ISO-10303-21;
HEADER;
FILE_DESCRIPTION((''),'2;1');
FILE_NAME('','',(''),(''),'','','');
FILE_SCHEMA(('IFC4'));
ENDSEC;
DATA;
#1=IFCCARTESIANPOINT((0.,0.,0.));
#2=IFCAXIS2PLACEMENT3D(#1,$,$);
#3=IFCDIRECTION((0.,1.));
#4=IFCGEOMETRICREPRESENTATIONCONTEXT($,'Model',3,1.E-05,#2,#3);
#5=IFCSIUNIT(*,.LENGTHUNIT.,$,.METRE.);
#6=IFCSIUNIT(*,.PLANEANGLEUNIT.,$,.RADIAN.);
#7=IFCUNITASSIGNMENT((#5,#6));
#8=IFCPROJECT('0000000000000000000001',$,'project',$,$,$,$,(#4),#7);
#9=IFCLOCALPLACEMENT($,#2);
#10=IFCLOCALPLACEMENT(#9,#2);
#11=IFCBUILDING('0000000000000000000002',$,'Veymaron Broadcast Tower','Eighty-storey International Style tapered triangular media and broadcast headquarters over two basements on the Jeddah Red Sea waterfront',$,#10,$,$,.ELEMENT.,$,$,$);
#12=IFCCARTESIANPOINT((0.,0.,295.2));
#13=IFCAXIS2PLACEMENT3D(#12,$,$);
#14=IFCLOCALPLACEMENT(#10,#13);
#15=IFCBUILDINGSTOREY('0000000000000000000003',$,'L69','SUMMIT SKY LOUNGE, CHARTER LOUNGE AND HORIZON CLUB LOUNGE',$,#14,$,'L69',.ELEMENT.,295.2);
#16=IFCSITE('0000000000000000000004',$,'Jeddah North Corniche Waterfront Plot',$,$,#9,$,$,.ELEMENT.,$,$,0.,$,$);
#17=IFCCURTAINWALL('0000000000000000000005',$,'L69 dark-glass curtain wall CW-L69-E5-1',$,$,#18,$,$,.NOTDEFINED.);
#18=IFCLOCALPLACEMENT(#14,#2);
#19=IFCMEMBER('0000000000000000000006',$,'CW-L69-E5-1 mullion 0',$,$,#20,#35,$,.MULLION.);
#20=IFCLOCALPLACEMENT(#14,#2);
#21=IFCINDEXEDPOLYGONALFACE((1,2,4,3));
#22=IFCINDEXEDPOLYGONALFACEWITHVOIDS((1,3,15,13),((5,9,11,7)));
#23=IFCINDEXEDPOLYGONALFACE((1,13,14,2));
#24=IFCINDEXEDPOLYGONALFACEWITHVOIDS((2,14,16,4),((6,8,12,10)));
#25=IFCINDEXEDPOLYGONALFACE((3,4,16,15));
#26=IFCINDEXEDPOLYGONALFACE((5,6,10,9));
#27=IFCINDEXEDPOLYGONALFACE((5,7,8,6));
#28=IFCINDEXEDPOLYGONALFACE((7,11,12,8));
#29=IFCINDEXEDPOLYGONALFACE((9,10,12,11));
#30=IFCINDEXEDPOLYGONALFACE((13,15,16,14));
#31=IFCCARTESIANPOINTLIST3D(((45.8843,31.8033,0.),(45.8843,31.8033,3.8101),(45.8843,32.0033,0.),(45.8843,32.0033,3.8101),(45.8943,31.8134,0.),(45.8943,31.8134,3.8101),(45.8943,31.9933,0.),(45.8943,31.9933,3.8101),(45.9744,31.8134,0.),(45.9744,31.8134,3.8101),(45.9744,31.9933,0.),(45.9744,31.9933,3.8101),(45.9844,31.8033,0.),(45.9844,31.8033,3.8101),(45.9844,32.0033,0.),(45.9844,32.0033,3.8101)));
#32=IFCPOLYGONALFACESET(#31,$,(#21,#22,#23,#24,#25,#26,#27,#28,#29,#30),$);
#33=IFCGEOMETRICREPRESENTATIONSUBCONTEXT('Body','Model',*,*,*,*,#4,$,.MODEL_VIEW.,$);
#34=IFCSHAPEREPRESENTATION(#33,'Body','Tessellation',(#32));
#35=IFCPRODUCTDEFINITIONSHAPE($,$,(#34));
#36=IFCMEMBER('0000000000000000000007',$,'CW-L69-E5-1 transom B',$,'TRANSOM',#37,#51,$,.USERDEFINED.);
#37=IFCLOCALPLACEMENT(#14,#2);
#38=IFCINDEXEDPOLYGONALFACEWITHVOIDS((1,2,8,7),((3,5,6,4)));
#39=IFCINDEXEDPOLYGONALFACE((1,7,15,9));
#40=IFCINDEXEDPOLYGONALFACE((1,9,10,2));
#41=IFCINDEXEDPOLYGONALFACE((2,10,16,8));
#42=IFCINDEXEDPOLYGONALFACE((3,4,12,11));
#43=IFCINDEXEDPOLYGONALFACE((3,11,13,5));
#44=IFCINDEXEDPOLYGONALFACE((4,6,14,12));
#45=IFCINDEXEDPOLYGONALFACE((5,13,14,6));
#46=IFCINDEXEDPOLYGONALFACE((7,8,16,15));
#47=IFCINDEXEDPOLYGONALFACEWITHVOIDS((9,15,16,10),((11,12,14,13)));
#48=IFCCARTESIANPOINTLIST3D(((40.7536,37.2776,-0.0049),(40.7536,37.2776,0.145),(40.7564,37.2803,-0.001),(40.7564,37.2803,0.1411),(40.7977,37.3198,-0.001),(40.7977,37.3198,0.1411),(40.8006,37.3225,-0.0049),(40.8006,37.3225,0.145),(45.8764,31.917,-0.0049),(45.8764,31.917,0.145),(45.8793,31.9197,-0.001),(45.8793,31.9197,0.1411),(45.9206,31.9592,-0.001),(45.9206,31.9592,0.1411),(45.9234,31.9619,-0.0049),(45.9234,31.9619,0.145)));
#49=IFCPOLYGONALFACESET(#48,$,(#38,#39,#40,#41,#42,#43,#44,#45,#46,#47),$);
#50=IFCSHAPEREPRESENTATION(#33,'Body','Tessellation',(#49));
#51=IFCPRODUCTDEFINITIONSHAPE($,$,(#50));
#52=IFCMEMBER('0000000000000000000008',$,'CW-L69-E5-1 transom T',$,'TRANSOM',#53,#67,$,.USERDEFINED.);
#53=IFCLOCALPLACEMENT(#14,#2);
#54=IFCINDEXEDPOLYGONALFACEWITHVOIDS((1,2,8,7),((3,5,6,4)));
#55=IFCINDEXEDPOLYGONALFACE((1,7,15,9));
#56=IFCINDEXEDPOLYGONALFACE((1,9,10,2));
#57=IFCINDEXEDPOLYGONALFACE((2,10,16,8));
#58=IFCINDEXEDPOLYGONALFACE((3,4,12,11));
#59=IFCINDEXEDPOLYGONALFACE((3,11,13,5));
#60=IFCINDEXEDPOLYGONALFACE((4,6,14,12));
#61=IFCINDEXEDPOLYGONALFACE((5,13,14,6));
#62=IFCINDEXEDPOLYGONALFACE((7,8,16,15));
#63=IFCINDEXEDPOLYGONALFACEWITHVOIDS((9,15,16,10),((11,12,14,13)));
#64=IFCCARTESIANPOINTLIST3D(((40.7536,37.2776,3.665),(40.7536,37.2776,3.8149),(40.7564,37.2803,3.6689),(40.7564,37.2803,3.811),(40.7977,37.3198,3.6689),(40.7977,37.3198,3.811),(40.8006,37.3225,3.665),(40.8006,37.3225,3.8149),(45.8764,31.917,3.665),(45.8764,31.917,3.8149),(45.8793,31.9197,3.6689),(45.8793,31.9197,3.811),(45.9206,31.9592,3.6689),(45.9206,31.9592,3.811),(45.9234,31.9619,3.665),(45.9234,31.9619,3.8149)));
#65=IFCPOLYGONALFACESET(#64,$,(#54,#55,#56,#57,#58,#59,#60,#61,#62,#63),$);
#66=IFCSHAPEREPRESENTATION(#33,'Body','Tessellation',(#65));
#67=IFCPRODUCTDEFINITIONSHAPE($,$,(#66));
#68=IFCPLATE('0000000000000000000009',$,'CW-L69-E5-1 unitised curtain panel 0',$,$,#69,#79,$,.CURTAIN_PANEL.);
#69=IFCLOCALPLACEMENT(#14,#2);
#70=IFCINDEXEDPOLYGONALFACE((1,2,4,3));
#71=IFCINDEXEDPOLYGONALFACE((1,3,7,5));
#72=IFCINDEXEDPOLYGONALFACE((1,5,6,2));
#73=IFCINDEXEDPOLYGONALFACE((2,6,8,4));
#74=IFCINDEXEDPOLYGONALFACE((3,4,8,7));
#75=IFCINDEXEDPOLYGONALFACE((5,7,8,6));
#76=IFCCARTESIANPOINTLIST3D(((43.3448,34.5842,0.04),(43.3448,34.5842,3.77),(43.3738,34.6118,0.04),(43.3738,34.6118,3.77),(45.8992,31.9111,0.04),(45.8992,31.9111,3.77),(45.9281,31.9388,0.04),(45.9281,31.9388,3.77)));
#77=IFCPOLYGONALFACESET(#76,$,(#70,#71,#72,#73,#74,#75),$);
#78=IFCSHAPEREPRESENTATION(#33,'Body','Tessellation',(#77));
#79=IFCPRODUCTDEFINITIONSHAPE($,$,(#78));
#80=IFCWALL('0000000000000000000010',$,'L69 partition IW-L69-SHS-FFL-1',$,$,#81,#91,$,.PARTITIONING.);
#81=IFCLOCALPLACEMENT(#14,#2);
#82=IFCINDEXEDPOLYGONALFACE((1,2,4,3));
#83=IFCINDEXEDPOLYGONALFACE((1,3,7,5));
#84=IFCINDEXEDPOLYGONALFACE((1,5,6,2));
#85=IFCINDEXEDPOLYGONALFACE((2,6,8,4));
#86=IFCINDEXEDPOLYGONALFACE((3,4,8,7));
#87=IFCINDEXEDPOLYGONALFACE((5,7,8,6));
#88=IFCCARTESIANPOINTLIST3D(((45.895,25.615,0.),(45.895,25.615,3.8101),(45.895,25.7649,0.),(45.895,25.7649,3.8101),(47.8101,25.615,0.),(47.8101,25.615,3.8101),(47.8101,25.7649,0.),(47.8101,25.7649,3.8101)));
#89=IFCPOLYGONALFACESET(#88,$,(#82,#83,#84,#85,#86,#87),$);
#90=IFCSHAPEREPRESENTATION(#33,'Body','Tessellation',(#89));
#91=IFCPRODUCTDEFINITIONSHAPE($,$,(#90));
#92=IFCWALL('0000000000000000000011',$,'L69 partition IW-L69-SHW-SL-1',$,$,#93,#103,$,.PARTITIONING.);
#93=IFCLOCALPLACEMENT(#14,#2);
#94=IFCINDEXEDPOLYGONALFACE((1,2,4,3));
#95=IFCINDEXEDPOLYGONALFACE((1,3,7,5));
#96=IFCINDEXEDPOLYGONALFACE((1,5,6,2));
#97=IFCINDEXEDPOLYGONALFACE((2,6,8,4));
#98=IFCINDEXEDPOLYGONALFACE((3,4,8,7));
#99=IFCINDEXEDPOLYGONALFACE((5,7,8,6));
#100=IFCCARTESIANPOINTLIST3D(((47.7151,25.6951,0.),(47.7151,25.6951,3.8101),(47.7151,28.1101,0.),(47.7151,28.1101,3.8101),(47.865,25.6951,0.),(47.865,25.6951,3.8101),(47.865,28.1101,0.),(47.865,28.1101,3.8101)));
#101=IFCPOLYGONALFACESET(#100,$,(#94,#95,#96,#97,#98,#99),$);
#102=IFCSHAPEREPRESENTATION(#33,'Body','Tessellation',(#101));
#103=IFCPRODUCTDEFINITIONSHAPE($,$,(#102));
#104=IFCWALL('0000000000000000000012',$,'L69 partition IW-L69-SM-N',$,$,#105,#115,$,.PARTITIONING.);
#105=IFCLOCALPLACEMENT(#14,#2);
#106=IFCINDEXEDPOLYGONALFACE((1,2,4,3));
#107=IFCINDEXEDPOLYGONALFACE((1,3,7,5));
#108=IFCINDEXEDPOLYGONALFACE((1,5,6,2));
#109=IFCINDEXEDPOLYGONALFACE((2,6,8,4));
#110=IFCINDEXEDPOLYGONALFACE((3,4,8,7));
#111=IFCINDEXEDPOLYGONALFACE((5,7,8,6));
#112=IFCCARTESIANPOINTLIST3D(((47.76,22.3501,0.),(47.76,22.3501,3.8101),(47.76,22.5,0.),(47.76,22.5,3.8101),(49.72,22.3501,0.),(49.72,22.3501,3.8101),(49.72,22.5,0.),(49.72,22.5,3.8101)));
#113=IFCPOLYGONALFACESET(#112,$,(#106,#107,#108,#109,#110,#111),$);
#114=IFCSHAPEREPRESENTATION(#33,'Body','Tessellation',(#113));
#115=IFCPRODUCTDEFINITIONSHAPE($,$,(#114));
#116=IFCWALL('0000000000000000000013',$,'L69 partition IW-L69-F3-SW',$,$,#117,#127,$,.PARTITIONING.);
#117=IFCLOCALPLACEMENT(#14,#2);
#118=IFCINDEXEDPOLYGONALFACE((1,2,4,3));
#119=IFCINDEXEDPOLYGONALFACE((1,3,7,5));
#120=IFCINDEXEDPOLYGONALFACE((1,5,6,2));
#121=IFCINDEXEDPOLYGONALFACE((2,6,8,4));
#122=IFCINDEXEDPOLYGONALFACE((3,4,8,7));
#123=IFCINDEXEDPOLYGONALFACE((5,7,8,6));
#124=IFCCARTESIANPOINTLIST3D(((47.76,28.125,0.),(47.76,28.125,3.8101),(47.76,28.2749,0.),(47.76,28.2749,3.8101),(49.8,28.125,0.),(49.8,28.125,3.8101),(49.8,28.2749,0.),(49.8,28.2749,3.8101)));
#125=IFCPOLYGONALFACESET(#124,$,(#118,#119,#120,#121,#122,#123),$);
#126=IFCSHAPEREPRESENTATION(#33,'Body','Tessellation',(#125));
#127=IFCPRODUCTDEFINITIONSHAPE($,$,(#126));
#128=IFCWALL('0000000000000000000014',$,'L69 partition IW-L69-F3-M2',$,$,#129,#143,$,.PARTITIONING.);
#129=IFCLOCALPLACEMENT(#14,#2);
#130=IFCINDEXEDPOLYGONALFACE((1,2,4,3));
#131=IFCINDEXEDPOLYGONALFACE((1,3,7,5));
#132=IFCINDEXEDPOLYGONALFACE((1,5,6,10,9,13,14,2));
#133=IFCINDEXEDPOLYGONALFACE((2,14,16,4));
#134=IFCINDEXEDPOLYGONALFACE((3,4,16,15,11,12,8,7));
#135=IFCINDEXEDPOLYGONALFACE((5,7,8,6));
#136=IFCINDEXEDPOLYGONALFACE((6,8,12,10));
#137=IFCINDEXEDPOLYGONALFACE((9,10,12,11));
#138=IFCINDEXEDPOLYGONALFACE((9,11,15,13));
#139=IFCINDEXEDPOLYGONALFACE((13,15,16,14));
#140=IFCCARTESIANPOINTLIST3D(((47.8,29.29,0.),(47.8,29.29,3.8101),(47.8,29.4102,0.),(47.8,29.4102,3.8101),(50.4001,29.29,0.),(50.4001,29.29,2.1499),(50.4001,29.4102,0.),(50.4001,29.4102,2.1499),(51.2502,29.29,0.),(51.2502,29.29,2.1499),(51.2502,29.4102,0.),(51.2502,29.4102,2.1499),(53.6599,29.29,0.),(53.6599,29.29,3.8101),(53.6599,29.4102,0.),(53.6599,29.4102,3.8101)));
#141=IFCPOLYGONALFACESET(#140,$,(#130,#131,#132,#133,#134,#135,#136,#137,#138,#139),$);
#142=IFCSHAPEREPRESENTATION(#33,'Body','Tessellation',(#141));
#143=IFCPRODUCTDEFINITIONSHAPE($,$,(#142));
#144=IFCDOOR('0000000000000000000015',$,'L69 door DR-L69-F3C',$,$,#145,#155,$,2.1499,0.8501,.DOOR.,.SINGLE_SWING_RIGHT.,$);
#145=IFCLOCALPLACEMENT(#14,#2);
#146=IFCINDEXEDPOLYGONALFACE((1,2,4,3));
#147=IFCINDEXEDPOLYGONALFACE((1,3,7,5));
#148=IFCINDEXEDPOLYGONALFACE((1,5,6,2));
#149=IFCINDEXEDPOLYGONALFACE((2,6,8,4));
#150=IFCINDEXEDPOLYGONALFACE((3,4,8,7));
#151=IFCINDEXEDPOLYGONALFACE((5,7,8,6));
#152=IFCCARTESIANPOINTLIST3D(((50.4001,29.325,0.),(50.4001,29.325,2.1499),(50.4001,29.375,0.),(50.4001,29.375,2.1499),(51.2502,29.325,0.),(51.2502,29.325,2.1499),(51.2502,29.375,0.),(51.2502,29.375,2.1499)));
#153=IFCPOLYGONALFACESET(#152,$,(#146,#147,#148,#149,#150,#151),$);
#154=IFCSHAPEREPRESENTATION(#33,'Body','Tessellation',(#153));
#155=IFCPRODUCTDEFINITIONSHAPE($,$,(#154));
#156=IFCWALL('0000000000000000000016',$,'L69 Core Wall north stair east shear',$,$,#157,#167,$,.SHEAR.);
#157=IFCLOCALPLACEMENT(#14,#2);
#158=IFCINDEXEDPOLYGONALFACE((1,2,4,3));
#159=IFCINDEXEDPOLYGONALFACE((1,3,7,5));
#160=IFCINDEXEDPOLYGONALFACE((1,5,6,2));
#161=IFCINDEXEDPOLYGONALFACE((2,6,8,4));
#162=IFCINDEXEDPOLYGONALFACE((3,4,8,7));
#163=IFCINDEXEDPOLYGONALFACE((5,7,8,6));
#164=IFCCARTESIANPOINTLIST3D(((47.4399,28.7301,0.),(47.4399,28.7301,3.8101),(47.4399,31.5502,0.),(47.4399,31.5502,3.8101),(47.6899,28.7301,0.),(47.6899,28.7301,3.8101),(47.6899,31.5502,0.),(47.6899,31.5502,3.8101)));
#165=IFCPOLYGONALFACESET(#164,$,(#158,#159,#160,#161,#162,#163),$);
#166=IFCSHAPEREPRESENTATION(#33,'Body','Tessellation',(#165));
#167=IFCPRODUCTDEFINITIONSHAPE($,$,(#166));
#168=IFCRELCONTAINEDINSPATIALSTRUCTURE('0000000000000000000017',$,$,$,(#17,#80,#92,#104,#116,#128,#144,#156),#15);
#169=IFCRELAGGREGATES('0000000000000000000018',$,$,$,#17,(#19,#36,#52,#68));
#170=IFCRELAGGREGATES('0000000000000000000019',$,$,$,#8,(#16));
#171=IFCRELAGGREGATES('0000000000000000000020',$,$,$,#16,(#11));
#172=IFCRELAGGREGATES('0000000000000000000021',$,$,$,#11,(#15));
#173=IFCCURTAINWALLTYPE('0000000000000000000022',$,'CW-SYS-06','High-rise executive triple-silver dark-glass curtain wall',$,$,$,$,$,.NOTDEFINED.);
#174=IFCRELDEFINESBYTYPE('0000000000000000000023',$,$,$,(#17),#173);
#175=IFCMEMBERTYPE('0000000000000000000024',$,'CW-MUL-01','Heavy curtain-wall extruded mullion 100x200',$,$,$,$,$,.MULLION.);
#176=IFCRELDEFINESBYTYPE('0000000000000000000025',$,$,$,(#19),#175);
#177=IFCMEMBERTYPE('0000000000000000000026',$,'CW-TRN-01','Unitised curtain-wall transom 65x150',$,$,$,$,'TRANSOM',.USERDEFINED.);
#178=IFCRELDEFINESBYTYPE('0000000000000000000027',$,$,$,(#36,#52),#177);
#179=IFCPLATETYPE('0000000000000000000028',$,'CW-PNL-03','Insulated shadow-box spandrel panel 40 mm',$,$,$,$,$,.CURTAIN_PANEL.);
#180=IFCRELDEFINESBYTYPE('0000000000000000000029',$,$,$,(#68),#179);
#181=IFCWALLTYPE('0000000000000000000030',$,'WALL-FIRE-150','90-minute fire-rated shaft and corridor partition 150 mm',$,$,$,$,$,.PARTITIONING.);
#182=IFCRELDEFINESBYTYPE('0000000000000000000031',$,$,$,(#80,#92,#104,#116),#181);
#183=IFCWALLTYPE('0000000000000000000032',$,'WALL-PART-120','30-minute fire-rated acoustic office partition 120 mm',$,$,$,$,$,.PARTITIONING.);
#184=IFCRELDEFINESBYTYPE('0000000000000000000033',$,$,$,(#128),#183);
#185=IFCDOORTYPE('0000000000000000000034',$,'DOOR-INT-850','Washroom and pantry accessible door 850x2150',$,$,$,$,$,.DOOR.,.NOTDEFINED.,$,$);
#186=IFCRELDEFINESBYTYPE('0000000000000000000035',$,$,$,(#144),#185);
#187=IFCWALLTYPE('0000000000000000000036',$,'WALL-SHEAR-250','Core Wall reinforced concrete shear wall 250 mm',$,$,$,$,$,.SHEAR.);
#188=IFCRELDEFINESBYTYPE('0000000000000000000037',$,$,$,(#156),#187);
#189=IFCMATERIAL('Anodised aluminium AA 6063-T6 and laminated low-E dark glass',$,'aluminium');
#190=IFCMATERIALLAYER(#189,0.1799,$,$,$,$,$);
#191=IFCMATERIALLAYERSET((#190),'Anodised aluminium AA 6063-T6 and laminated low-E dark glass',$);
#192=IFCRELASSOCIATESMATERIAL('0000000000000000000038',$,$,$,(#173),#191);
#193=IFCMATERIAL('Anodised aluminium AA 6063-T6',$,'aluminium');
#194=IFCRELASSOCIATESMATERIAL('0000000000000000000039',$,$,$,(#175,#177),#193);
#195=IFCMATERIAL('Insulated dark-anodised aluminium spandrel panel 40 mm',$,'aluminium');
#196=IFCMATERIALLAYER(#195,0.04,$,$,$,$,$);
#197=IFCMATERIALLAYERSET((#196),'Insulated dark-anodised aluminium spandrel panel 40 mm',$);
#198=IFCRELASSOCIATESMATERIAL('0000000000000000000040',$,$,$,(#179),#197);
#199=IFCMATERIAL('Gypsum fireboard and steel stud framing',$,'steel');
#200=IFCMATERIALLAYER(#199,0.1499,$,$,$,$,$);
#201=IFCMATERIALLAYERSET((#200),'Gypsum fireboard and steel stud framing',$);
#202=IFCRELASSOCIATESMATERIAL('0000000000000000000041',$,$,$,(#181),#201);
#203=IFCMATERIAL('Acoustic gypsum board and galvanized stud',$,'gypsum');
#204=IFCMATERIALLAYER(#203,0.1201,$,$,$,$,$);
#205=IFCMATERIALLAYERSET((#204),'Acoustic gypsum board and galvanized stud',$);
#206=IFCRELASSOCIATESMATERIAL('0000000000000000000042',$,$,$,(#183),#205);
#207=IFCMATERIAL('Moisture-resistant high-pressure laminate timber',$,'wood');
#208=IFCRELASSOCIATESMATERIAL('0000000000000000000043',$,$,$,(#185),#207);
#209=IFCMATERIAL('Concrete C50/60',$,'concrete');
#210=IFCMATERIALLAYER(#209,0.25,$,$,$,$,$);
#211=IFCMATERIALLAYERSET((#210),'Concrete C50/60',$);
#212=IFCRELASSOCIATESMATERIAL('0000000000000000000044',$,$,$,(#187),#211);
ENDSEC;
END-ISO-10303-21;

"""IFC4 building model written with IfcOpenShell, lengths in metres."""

from ifc_helpers import new_model, si_unit, direction, frame, frame_2d, origin, origin_2d, place, context, subcontext, project, spatial, rectangle, hollow_rectangle, extrude, material, layer, layer_set, material_profile, profile_set, type_object, element, fill, aggregate, save


model = new_model("IFC4")

# Units and contexts
model_context = context("Model", 3, precision=1e-05, world=origin(), true_north=direction((0.0, 1.0)))
body_context = subcontext(model_context, "Body", "Model", "MODEL_VIEW")
ifc_project = project(units=[si_unit("LENGTHUNIT", "METRE"), si_unit("PLANEANGLEUNIT", "RADIAN")], contexts=[model_context])

# Site, building, storey
site_placement = place(None, origin())
site = spatial("IfcSite", under=ifc_project, at=site_placement, Name="Jeddah North Corniche Waterfront Plot", CompositionType="ELEMENT", RefElevation=0.0)
building_placement = place(site_placement, origin())
building = spatial("IfcBuilding", under=site, at=building_placement, Name="Veymaron Broadcast Tower", Description="Eighty-storey International Style tapered triangular media and broadcast headquarters over two basements on the Jeddah Red Sea waterfront", CompositionType="ELEMENT")
storey_placement = place(building_placement, frame((0.0, 0.0, 295.2)))
storey = spatial("IfcBuildingStorey", under=building, at=storey_placement, Name="L69", Description="SUMMIT SKY LOUNGE, CHARTER LOUNGE AND HORIZON CLUB LOUNGE", LongName="L69", CompositionType="ELEMENT", Elevation=295.2)

# Curtain wall, members, plate
ifc_material_1 = material(Name="Anodised aluminium AA 6063-T6 and laminated low-E dark glass", Category="aluminium")
ifc_layer_1 = layer(ifc_material_1, 0.1799)
ifc_layer_set_1 = layer_set([ifc_layer_1], Name="Anodised aluminium AA 6063-T6 and laminated low-E dark glass")
curtain_wall_type = type_object("IfcCurtainWallType", Name="CW-SYS-06", Description="High-rise executive triple-silver dark-glass curtain wall", PredefinedType="NOTDEFINED", material=ifc_layer_set_1)
curtain_wall_placement = place(storey_placement, origin())
curtain_wall = element("IfcCurtainWall", 1, at=curtain_wall_placement, inside=storey, type_object=curtain_wall_type, Name="L69 dark-glass curtain wall CW-L69-E5-1", PredefinedType="NOTDEFINED")
ifc_material_2 = material(Name="Anodised aluminium AA 6063-T6", Category="aluminium")
ifc_material_profile_1 = material_profile(ifc_material_2, hollow_rectangle(XDim=0.1001, YDim=0.2, WallThickness=0.01, at=origin_2d()), Name="RHS200X100X10")
ifc_profile_set_1 = profile_set([ifc_material_profile_1], Name="Anodised aluminium AA 6063-T6")
member_type_1 = type_object("IfcMemberType", Name="CW-MUL-01", Description="Heavy curtain-wall extruded mullion 100x200", PredefinedType="MULLION", material=ifc_profile_set_1)
member_1_placement = place(storey_placement, frame((45.9343, 31.9033, 0.0), z_axis=(0.0, 0.0, 1.0), x_axis=(1.0, 0.0, 0.0)))
member_1 = element("IfcMember", 2, at=member_1_placement, type_object=member_type_1, Name="CW-L69-E5-1 mullion 0", PredefinedType="MULLION", context=body_context, shape_type="SweptSolid", body=[
    extrude(hollow_rectangle(XDim=0.1001, YDim=0.2, WallThickness=0.01, at=origin_2d()), origin(), (0.0, 0.0, 1.0), 3.8101),
])
ifc_material_profile_2 = material_profile(ifc_material_2, hollow_rectangle(XDim=0.0649, YDim=0.1499, WallThickness=0.0039, at=origin_2d()), Name="AL150X65X4")
ifc_profile_set_2 = profile_set([ifc_material_profile_2], Name="Anodised aluminium AA 6063-T6")
member_type_2 = type_object("IfcMemberType", Name="CW-TRN-01", Description="Unitised curtain-wall transom 65x150", ElementType="TRANSOM", PredefinedType="USERDEFINED", material=ifc_profile_set_2)
member_2_placement = place(storey_placement, frame((45.8999, 31.9395, 0.0701), z_axis=(-0.69089, 0.72296, 0.0), x_axis=(-0.72296, -0.69089, 0.0)))
member_2 = element("IfcMember", 3, at=member_2_placement, type_object=member_type_2, Name="CW-L69-E5-1 transom B", ObjectType="TRANSOM", PredefinedType="USERDEFINED", context=body_context, shape_type="SweptSolid", body=[
    extrude(hollow_rectangle(XDim=0.0649, YDim=0.1499, WallThickness=0.0039, at=origin_2d()), origin(), (0.0, 0.0, 1.0), 7.4148),
])
member_3_placement = place(storey_placement, frame((45.8999, 31.9395, 3.74), z_axis=(-0.69089, 0.72296, 0.0), x_axis=(-0.72296, -0.69089, 0.0)))
member_3 = element("IfcMember", 4, at=member_3_placement, type_object=member_type_2, Name="CW-L69-E5-1 transom T", ObjectType="TRANSOM", PredefinedType="USERDEFINED", context=body_context, shape_type="SweptSolid", body=[
    extrude(hollow_rectangle(XDim=0.0649, YDim=0.1499, WallThickness=0.0039, at=origin_2d()), origin(), (0.0, 0.0, 1.0), 7.4148),
])
ifc_material_3 = material(Name="Insulated dark-anodised aluminium spandrel panel 40 mm", Category="aluminium")
ifc_layer_2 = layer(ifc_material_3, 0.04)
ifc_layer_set_2 = layer_set([ifc_layer_2], Name="Insulated dark-anodised aluminium spandrel panel 40 mm")
plate_type = type_object("IfcPlateType", Name="CW-PNL-03", Description="Insulated shadow-box spandrel panel 40 mm", PredefinedType="CURTAIN_PANEL", material=ifc_layer_set_2)
plate_placement = place(storey_placement, frame((44.6365, 33.2615, 0.04), z_axis=(0.0, 0.0, 1.0), x_axis=(-0.69087, 0.722979, 0.0)))
plate = element("IfcPlate", 5, at=plate_placement, type_object=plate_type, Name="CW-L69-E5-1 unitised curtain panel 0", PredefinedType="CURTAIN_PANEL", context=body_context, shape_type="SweptSolid", body=[
    extrude(rectangle(XDim=3.6973, YDim=0.04, at=origin_2d()), origin(), (0.0, 0.0, 1.0), 3.73),
])
aggregate(curtain_wall, [member_1, member_2, member_3, plate])

# Shared definitions
ifc_material_4 = material(Name="Gypsum fireboard and steel stud framing", Category="steel")
ifc_layer_3 = layer(ifc_material_4, 0.1499)
ifc_layer_set_3 = layer_set([ifc_layer_3], Name="Gypsum fireboard and steel stud framing")
wall_type_1 = type_object("IfcWallType", Name="WALL-FIRE-150", Description="90-minute fire-rated shaft and corridor partition 150 mm", PredefinedType="PARTITIONING", material=ifc_layer_set_3)

# Wall
wall_1_placement = place(storey_placement, frame((45.895, 25.6899, 0.0), z_axis=(0.0, 0.0, 1.0), x_axis=(1.0, 0.0, 0.0)))
element("IfcWall", 6, at=wall_1_placement, inside=storey, type_object=wall_type_1, Name="L69 partition IW-L69-SHS-FFL-1", PredefinedType="PARTITIONING", context=body_context, shape_type="SweptSolid", body=[
    extrude(rectangle(XDim=1.915, YDim=0.1499, at=frame_2d((0.9575, 0.0))), origin(), (0.0, 0.0, 1.0), 3.8101),
])

# Walls
wall_2_placement = place(storey_placement, frame((47.79, 25.6951, 0.0), z_axis=(0.0, 0.0, 1.0), x_axis=(0.0, 1.0, 0.0)))
element("IfcWall", 7, at=wall_2_placement, inside=storey, type_object=wall_type_1, Name="L69 partition IW-L69-SHW-SL-1", PredefinedType="PARTITIONING", context=body_context, shape_type="SweptSolid", body=[
    extrude(rectangle(XDim=2.415, YDim=0.1499, at=frame_2d((1.2075, 0.0))), origin(), (0.0, 0.0, 1.0), 3.8101),
])
wall_3_placement = place(storey_placement, frame((47.76, 22.425, 0.0), z_axis=(0.0, 0.0, 1.0), x_axis=(1.0, 0.0, 0.0)))
element("IfcWall", 8, at=wall_3_placement, inside=storey, type_object=wall_type_1, Name="L69 partition IW-L69-SM-N", PredefinedType="PARTITIONING", context=body_context, shape_type="SweptSolid", body=[
    extrude(rectangle(XDim=1.96, YDim=0.1499, at=frame_2d((0.98, 0.0))), origin(), (0.0, 0.0, 1.0), 3.8101),
])
wall_4_placement = place(storey_placement, frame((47.76, 28.2, 0.0), z_axis=(0.0, 0.0, 1.0), x_axis=(1.0, 0.0, 0.0)))
element("IfcWall", 9, at=wall_4_placement, inside=storey, type_object=wall_type_1, Name="L69 partition IW-L69-F3-SW", PredefinedType="PARTITIONING", context=body_context, shape_type="SweptSolid", body=[
    extrude(rectangle(XDim=2.04, YDim=0.1499, at=frame_2d((1.02, 0.0))), origin(), (0.0, 0.0, 1.0), 3.8101),
])

# Wall, opening, door
ifc_material_5 = material(Name="Acoustic gypsum board and galvanized stud", Category="gypsum")
ifc_layer_4 = layer(ifc_material_5, 0.1201)
ifc_layer_set_4 = layer_set([ifc_layer_4], Name="Acoustic gypsum board and galvanized stud")
wall_type_2 = type_object("IfcWallType", Name="WALL-PART-120", Description="30-minute fire-rated acoustic office partition 120 mm", PredefinedType="PARTITIONING", material=ifc_layer_set_4)
wall_5_placement = place(storey_placement, frame((47.8, 29.3501, 0.0), z_axis=(0.0, 0.0, 1.0), x_axis=(1.0, 0.0, 0.0)))
wall_5 = element("IfcWall", 10, at=wall_5_placement, inside=storey, type_object=wall_type_2, Name="L69 partition IW-L69-F3-M2", PredefinedType="PARTITIONING", context=body_context, shape_type="SweptSolid", body=[
    extrude(rectangle(XDim=5.8599, YDim=0.1201, at=frame_2d((2.9299, 0.0))), origin(), (0.0, 0.0, 1.0), 3.8101),
])
opening_1_placement = place(wall_5_placement, frame((2.6001, 0.0, 0.0)))
opening_1 = element("IfcOpeningElement", 11, at=opening_1_placement, cuts=wall_5, PredefinedType="OPENING", context=body_context, shape_type="SweptSolid", body=[
    extrude(rectangle(XDim=0.8501, YDim=2.1499, at=frame_2d((0.425, 1.075))), frame((0.0, 0.0701, 0.0), z_axis=(0.0, -1.0, 0.0), x_axis=(1.0, 0.0, 0.0)), (0.0, 0.0, 1.0), 0.1401),
])
ifc_material_6 = material(Name="Moisture-resistant high-pressure laminate timber", Category="wood")
door_type_1 = type_object("IfcDoorType", Name="DOOR-INT-850", Description="Washroom and pantry accessible door 850x2150", OperationType="NOTDEFINED", PredefinedType="DOOR", material=ifc_material_6)
door_1_placement = place(opening_1_placement, origin())
door_1 = element("IfcDoor", 12, at=door_1_placement, inside=storey, type_object=door_type_1, Name="L69 door DR-L69-F3C", OperationType="SINGLE_SWING_RIGHT", OverallHeight=2.1499, OverallWidth=0.8501, PredefinedType="DOOR", context=body_context, shape_type="SweptSolid", body=[
    extrude(rectangle(XDim=0.8501, YDim=2.1499, at=frame_2d((0.425, 1.075))), frame((0.0, 0.0249, 0.0), z_axis=(0.0, -1.0, 0.0), x_axis=(1.0, 0.0, 0.0)), (0.0, 0.0, 1.0), 0.05),
])
fill(opening_1, door_1)

# Wall
ifc_material_7 = material(Name="Concrete C50/60", Category="concrete")
ifc_layer_5 = layer(ifc_material_7, 0.25)
ifc_layer_set_5 = layer_set([ifc_layer_5], Name="Concrete C50/60")
wall_type_3 = type_object("IfcWallType", Name="WALL-SHEAR-250", Description="Core Wall reinforced concrete shear wall 250 mm", PredefinedType="SHEAR", material=ifc_layer_set_5)
wall_6_placement = place(storey_placement, frame((47.5649, 28.73, 0.0), z_axis=(0.0, 0.0, 1.0), x_axis=(0.0, 1.0, 0.0)))
element("IfcWall", 13, at=wall_6_placement, inside=storey, type_object=wall_type_3, Name="L69 Core Wall north stair east shear", PredefinedType="SHEAR", context=body_context, shape_type="SweptSolid", body=[
    extrude(rectangle(XDim=2.8201, YDim=0.25, at=frame_2d((1.4102, 0.0))), origin(), (0.0, 0.0, 1.0), 3.8101),
])

save(model, "model.ifc")
